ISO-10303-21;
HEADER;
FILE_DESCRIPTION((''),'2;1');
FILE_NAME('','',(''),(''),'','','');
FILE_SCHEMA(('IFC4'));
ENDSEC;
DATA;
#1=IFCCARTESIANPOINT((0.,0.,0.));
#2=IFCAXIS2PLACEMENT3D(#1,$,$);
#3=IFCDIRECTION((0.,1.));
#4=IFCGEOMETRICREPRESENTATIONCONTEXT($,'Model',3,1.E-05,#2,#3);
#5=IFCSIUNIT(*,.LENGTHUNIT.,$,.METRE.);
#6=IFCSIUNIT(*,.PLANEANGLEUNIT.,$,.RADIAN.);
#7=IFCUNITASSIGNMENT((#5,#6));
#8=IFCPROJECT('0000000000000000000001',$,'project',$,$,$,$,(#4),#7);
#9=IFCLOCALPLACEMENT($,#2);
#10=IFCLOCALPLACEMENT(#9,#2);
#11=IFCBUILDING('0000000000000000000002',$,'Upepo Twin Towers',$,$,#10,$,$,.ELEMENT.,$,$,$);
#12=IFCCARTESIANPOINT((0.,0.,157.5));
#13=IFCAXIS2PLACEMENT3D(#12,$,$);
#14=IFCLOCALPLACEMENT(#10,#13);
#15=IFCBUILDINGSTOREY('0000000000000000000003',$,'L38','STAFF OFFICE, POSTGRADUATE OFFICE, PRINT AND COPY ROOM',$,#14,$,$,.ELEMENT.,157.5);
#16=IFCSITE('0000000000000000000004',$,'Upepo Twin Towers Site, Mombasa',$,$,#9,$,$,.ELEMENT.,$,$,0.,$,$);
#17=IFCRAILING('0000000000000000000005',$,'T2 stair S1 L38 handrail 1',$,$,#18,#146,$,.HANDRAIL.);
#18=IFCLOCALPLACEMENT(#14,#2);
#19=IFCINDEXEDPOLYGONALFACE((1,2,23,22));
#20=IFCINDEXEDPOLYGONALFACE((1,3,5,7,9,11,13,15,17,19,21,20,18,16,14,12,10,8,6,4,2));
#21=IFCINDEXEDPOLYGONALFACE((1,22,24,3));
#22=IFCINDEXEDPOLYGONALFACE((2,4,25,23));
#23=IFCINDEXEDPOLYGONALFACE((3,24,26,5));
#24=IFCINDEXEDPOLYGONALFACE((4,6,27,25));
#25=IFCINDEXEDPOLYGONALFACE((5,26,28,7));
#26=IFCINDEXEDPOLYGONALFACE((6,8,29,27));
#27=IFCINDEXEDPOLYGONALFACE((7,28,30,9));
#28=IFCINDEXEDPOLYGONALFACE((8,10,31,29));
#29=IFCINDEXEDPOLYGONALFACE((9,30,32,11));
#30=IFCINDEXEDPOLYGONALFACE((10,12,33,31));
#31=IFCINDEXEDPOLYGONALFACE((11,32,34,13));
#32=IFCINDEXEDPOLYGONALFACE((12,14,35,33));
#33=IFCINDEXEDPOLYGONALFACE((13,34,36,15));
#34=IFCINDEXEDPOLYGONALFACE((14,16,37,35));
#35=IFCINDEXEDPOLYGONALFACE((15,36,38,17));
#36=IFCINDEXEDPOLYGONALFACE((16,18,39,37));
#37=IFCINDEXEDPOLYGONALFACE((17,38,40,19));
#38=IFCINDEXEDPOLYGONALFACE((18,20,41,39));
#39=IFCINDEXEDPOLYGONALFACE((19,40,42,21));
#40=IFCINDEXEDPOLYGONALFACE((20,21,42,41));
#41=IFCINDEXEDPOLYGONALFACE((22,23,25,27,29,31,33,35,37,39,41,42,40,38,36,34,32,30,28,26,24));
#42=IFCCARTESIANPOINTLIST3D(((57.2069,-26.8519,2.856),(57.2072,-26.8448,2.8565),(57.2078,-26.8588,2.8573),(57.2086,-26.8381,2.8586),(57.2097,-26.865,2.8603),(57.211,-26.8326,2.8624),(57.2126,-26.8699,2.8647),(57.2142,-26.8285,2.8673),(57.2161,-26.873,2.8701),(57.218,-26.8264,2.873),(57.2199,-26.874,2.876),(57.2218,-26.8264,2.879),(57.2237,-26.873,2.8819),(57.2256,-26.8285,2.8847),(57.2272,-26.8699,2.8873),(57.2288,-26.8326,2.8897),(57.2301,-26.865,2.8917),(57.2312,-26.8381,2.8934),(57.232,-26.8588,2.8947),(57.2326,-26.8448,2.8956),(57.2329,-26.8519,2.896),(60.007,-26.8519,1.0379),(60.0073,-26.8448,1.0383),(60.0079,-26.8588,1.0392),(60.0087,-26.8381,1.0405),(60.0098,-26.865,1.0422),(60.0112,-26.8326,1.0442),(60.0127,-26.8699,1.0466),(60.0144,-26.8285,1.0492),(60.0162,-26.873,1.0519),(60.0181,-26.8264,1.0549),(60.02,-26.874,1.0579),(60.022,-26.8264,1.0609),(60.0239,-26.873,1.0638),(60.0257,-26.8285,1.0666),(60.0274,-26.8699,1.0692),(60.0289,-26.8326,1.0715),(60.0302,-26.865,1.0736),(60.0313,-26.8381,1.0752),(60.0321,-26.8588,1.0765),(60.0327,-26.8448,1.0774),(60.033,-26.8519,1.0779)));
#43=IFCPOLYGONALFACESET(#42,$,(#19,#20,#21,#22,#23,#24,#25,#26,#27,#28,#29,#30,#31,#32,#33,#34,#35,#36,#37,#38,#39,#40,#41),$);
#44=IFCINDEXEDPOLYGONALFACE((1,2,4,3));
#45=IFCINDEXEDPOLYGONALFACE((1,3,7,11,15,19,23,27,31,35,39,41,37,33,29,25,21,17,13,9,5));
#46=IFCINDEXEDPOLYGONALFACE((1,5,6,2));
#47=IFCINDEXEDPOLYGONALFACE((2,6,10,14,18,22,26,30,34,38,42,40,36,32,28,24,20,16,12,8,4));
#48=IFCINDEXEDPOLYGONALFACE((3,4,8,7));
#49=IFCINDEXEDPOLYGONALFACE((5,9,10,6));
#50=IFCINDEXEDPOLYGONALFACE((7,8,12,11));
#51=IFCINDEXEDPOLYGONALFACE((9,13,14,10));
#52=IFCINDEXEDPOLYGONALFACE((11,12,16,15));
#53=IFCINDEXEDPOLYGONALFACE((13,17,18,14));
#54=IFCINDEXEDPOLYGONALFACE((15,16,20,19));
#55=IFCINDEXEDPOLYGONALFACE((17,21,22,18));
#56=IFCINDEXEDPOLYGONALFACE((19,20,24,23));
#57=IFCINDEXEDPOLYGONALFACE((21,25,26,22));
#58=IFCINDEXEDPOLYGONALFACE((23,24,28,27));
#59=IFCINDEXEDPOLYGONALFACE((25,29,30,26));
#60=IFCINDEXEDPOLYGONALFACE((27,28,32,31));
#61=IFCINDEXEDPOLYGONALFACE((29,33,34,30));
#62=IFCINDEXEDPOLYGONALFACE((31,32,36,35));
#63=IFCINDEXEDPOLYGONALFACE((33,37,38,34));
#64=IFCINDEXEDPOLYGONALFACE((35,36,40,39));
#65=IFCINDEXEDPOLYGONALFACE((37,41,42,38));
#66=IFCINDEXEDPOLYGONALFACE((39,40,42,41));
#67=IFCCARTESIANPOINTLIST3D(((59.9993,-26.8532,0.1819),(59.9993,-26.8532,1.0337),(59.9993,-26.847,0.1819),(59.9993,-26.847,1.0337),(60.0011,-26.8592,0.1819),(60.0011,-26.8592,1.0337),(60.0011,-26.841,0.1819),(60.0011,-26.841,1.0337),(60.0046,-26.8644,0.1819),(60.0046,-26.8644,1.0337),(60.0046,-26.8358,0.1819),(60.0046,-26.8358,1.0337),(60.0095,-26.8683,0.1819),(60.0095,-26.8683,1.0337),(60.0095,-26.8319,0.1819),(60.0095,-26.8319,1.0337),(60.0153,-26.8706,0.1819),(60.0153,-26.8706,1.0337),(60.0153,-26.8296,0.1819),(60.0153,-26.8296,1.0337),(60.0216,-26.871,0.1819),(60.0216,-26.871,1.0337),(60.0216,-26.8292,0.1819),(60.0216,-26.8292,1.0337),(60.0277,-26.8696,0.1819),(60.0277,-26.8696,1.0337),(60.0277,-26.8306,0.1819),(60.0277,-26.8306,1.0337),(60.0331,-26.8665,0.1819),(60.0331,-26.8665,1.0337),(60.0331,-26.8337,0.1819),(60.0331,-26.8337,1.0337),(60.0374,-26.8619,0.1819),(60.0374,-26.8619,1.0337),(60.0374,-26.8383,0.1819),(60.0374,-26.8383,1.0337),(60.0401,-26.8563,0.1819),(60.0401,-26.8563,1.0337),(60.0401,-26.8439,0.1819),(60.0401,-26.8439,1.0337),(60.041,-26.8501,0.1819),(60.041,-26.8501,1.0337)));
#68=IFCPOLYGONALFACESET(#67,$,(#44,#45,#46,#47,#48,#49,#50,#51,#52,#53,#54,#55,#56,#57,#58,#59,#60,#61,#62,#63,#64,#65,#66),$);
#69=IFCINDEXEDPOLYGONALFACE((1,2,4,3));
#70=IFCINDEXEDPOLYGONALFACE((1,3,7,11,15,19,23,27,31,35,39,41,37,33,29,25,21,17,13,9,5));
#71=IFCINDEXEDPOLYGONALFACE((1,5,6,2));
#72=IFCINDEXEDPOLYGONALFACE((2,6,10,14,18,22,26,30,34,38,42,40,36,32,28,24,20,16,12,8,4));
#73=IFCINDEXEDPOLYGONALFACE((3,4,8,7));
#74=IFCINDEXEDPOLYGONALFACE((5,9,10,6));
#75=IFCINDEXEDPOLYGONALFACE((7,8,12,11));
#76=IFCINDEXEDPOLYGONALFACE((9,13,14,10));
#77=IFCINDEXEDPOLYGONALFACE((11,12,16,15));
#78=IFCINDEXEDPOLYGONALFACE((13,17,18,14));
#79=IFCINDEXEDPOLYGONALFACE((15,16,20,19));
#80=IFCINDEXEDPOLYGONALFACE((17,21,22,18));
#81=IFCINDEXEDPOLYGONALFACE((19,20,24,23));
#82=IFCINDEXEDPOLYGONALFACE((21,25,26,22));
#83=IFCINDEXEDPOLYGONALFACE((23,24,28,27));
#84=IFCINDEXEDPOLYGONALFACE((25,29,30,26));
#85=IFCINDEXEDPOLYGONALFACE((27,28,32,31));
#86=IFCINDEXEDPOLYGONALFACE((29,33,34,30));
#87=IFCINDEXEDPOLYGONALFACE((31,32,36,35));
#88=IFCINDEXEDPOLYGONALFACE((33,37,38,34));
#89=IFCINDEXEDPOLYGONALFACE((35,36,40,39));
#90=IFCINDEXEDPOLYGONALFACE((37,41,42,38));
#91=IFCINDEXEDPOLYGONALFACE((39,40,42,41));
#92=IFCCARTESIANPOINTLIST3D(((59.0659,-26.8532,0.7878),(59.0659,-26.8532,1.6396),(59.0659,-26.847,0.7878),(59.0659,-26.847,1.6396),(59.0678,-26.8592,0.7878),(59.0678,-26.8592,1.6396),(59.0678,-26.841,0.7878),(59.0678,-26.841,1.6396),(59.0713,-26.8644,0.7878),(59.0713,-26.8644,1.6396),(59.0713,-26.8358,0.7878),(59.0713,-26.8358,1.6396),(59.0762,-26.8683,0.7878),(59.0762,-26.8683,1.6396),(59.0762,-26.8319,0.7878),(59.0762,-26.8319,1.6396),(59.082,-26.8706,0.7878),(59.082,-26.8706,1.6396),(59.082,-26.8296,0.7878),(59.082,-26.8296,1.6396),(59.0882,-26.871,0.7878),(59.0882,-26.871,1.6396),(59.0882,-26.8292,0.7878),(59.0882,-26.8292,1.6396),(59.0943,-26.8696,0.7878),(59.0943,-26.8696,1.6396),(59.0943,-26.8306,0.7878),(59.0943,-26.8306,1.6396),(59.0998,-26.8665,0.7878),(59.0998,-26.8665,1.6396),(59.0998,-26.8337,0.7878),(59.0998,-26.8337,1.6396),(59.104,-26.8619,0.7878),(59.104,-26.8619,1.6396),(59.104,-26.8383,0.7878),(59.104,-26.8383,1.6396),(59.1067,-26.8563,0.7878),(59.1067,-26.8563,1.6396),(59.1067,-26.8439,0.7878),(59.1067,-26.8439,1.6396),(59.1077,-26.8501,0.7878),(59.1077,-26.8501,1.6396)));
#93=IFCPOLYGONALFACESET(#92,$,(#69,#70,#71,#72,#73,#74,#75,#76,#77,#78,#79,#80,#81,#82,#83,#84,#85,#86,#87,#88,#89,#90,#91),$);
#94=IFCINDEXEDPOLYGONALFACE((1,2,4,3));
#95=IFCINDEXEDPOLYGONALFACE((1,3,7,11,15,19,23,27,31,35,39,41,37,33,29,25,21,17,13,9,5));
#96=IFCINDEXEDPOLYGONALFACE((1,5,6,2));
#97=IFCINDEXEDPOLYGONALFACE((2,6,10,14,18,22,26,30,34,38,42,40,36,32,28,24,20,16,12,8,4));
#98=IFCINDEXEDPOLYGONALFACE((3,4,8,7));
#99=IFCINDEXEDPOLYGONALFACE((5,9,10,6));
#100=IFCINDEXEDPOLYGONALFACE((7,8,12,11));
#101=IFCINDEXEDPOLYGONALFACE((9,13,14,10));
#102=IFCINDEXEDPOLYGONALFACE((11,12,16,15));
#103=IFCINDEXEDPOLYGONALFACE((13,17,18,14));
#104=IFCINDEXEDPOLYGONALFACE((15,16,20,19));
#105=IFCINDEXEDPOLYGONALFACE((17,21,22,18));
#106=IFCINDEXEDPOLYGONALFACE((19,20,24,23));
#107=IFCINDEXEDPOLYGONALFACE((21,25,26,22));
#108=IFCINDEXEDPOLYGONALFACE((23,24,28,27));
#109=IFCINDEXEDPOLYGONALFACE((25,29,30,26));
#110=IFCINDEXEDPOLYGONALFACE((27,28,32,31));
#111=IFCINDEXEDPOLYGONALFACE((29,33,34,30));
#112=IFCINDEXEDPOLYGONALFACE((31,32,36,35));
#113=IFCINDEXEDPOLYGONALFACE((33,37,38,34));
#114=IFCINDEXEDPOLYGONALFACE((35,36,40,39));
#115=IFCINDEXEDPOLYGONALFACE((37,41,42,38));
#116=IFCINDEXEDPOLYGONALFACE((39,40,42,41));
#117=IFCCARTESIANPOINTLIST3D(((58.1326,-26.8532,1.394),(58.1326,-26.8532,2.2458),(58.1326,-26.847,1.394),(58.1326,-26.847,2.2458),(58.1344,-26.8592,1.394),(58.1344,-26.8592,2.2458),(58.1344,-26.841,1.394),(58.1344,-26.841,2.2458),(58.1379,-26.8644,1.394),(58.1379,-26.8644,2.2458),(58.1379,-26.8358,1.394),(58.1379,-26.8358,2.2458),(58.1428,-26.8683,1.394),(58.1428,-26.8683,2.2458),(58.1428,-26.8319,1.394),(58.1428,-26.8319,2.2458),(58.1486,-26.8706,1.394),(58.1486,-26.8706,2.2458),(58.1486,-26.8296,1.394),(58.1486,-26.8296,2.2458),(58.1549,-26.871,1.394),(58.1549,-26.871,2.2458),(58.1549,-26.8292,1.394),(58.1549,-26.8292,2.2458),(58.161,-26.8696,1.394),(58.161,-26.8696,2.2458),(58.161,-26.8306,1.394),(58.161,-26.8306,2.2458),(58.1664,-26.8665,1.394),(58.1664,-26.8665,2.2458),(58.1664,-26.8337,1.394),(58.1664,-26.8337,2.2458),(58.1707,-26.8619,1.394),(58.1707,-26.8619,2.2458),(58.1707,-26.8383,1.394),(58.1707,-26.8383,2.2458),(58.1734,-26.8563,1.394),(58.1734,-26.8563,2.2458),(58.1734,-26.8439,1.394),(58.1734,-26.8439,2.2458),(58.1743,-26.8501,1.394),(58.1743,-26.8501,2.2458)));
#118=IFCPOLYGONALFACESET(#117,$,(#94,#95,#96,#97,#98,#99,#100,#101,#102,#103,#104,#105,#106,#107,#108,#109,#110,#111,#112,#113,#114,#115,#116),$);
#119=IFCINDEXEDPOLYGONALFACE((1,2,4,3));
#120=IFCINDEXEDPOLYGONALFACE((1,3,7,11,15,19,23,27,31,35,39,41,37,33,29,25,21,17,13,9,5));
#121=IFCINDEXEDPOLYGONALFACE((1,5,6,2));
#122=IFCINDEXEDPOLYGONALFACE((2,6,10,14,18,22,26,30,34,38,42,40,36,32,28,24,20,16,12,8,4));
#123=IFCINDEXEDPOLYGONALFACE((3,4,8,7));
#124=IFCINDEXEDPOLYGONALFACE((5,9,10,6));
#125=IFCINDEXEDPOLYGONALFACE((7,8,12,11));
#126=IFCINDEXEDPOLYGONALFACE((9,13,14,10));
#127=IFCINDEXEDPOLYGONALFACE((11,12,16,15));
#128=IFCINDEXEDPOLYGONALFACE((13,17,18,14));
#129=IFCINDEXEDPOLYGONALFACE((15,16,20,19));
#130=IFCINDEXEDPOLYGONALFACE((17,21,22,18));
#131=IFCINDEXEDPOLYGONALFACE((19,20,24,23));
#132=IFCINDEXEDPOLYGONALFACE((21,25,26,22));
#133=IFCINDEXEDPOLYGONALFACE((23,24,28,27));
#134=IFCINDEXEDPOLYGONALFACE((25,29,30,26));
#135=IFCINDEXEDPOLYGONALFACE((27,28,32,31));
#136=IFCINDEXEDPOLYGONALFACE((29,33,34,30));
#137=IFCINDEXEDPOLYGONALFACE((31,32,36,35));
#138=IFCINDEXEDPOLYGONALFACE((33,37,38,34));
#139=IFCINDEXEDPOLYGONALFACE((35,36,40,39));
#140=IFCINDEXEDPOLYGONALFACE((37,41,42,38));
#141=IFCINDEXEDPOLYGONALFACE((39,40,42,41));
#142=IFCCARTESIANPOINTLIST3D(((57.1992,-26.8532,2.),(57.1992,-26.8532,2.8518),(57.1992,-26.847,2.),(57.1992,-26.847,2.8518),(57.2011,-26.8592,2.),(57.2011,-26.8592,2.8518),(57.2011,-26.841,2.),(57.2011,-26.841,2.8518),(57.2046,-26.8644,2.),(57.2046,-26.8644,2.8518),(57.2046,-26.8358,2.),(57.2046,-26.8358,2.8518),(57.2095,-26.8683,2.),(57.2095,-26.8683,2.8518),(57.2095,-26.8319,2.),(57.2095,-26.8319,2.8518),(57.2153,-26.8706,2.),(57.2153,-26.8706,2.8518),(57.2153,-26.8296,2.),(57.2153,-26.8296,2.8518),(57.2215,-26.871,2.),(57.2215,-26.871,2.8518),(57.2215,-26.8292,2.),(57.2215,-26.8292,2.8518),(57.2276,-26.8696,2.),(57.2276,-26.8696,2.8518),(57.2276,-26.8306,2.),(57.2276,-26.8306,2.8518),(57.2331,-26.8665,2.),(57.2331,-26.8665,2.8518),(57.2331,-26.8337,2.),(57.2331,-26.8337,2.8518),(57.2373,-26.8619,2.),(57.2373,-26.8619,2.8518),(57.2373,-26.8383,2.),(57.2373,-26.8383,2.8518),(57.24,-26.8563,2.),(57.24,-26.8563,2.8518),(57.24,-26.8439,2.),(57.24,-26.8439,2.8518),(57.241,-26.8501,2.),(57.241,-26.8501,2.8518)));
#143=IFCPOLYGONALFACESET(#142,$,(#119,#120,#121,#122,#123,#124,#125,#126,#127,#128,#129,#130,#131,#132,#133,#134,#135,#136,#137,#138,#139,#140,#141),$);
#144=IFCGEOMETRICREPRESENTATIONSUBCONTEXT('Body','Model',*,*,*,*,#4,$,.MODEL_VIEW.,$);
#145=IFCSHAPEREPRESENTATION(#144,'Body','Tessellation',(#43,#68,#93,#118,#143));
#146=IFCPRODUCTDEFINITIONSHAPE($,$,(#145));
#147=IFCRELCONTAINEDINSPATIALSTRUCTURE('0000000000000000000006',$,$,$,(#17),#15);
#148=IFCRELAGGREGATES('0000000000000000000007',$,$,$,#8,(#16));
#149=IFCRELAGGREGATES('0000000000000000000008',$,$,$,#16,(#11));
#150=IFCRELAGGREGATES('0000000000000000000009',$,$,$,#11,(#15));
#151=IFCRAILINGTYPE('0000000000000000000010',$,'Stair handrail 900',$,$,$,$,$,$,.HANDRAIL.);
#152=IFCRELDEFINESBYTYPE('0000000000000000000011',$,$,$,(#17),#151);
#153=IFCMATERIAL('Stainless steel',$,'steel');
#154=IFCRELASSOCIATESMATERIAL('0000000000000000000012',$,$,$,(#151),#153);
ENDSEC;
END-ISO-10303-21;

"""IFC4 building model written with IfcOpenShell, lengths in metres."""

from ifc_helpers import new_model, si_unit, direction, frame, origin, origin_2d, place, context, subcontext, project, spatial, circle, extrude, material, type_object, element, save


model = new_model("IFC4")

# Units and contexts
model_context = context("Model", 3, precision=1e-05, world=origin(), true_north=direction((0.0, 1.0)))
body_context = subcontext(model_context, "Body", "Model", "MODEL_VIEW")
ifc_project = project(units=[si_unit("LENGTHUNIT", "METRE"), si_unit("PLANEANGLEUNIT", "RADIAN")], contexts=[model_context])

# Site, building, storey
site_placement = place(None, origin())
site = spatial("IfcSite", under=ifc_project, at=site_placement, Name="Upepo Twin Towers Site, Mombasa", CompositionType="ELEMENT", RefElevation=0.0)
building_placement = place(site_placement, origin())
building = spatial("IfcBuilding", under=site, at=building_placement, Name="Upepo Twin Towers", CompositionType="ELEMENT")
storey_placement = place(building_placement, frame((0.0, 0.0, 157.5)))
storey = spatial("IfcBuildingStorey", under=building, at=storey_placement, Name="L38", Description="STAFF OFFICE, POSTGRADUATE OFFICE, PRINT AND COPY ROOM", CompositionType="ELEMENT", Elevation=157.5)

# Railing
ifc_material_1 = material(Name="Stainless steel", Category="steel")
railing_type = type_object("IfcRailingType", Name="Stair handrail 900", PredefinedType="HANDRAIL", material=ifc_material_1)
railing_1_placement = place(storey_placement, frame((60.02, -26.8501, 0.1819)))
element("IfcRailing", 1, at=railing_1_placement, inside=storey, type_object=railing_type, Name="T2 stair S1 L38 handrail 1", PredefinedType="HANDRAIL", context=body_context, shape_type="SweptSolid", body=[
    extrude(circle(Radius=0.0239, at=origin_2d()), frame((0.0, 0.0, 0.876), z_axis=(-0.838706, 0.0, 0.544585), x_axis=(0.0, -1.0, 0.0)), (0.0, 0.0, 1.0), 3.3386),
    extrude(circle(Radius=0.021, at=origin_2d()), origin(), (0.0, 0.0, 1.0), 0.8518),
    extrude(circle(Radius=0.021, at=origin_2d()), frame((-0.9333, 0.0, 0.606)), (0.0, 0.0, 1.0), 0.8518),
    extrude(circle(Radius=0.021, at=origin_2d()), frame((-1.8667, 0.0, 1.2122)), (0.0, 0.0, 1.0), 0.8518),
    extrude(circle(Radius=0.021, at=origin_2d()), frame((-2.8, 0.0, 1.8181)), (0.0, 0.0, 1.0), 0.8518),
])

save(model, "model.ifc")
